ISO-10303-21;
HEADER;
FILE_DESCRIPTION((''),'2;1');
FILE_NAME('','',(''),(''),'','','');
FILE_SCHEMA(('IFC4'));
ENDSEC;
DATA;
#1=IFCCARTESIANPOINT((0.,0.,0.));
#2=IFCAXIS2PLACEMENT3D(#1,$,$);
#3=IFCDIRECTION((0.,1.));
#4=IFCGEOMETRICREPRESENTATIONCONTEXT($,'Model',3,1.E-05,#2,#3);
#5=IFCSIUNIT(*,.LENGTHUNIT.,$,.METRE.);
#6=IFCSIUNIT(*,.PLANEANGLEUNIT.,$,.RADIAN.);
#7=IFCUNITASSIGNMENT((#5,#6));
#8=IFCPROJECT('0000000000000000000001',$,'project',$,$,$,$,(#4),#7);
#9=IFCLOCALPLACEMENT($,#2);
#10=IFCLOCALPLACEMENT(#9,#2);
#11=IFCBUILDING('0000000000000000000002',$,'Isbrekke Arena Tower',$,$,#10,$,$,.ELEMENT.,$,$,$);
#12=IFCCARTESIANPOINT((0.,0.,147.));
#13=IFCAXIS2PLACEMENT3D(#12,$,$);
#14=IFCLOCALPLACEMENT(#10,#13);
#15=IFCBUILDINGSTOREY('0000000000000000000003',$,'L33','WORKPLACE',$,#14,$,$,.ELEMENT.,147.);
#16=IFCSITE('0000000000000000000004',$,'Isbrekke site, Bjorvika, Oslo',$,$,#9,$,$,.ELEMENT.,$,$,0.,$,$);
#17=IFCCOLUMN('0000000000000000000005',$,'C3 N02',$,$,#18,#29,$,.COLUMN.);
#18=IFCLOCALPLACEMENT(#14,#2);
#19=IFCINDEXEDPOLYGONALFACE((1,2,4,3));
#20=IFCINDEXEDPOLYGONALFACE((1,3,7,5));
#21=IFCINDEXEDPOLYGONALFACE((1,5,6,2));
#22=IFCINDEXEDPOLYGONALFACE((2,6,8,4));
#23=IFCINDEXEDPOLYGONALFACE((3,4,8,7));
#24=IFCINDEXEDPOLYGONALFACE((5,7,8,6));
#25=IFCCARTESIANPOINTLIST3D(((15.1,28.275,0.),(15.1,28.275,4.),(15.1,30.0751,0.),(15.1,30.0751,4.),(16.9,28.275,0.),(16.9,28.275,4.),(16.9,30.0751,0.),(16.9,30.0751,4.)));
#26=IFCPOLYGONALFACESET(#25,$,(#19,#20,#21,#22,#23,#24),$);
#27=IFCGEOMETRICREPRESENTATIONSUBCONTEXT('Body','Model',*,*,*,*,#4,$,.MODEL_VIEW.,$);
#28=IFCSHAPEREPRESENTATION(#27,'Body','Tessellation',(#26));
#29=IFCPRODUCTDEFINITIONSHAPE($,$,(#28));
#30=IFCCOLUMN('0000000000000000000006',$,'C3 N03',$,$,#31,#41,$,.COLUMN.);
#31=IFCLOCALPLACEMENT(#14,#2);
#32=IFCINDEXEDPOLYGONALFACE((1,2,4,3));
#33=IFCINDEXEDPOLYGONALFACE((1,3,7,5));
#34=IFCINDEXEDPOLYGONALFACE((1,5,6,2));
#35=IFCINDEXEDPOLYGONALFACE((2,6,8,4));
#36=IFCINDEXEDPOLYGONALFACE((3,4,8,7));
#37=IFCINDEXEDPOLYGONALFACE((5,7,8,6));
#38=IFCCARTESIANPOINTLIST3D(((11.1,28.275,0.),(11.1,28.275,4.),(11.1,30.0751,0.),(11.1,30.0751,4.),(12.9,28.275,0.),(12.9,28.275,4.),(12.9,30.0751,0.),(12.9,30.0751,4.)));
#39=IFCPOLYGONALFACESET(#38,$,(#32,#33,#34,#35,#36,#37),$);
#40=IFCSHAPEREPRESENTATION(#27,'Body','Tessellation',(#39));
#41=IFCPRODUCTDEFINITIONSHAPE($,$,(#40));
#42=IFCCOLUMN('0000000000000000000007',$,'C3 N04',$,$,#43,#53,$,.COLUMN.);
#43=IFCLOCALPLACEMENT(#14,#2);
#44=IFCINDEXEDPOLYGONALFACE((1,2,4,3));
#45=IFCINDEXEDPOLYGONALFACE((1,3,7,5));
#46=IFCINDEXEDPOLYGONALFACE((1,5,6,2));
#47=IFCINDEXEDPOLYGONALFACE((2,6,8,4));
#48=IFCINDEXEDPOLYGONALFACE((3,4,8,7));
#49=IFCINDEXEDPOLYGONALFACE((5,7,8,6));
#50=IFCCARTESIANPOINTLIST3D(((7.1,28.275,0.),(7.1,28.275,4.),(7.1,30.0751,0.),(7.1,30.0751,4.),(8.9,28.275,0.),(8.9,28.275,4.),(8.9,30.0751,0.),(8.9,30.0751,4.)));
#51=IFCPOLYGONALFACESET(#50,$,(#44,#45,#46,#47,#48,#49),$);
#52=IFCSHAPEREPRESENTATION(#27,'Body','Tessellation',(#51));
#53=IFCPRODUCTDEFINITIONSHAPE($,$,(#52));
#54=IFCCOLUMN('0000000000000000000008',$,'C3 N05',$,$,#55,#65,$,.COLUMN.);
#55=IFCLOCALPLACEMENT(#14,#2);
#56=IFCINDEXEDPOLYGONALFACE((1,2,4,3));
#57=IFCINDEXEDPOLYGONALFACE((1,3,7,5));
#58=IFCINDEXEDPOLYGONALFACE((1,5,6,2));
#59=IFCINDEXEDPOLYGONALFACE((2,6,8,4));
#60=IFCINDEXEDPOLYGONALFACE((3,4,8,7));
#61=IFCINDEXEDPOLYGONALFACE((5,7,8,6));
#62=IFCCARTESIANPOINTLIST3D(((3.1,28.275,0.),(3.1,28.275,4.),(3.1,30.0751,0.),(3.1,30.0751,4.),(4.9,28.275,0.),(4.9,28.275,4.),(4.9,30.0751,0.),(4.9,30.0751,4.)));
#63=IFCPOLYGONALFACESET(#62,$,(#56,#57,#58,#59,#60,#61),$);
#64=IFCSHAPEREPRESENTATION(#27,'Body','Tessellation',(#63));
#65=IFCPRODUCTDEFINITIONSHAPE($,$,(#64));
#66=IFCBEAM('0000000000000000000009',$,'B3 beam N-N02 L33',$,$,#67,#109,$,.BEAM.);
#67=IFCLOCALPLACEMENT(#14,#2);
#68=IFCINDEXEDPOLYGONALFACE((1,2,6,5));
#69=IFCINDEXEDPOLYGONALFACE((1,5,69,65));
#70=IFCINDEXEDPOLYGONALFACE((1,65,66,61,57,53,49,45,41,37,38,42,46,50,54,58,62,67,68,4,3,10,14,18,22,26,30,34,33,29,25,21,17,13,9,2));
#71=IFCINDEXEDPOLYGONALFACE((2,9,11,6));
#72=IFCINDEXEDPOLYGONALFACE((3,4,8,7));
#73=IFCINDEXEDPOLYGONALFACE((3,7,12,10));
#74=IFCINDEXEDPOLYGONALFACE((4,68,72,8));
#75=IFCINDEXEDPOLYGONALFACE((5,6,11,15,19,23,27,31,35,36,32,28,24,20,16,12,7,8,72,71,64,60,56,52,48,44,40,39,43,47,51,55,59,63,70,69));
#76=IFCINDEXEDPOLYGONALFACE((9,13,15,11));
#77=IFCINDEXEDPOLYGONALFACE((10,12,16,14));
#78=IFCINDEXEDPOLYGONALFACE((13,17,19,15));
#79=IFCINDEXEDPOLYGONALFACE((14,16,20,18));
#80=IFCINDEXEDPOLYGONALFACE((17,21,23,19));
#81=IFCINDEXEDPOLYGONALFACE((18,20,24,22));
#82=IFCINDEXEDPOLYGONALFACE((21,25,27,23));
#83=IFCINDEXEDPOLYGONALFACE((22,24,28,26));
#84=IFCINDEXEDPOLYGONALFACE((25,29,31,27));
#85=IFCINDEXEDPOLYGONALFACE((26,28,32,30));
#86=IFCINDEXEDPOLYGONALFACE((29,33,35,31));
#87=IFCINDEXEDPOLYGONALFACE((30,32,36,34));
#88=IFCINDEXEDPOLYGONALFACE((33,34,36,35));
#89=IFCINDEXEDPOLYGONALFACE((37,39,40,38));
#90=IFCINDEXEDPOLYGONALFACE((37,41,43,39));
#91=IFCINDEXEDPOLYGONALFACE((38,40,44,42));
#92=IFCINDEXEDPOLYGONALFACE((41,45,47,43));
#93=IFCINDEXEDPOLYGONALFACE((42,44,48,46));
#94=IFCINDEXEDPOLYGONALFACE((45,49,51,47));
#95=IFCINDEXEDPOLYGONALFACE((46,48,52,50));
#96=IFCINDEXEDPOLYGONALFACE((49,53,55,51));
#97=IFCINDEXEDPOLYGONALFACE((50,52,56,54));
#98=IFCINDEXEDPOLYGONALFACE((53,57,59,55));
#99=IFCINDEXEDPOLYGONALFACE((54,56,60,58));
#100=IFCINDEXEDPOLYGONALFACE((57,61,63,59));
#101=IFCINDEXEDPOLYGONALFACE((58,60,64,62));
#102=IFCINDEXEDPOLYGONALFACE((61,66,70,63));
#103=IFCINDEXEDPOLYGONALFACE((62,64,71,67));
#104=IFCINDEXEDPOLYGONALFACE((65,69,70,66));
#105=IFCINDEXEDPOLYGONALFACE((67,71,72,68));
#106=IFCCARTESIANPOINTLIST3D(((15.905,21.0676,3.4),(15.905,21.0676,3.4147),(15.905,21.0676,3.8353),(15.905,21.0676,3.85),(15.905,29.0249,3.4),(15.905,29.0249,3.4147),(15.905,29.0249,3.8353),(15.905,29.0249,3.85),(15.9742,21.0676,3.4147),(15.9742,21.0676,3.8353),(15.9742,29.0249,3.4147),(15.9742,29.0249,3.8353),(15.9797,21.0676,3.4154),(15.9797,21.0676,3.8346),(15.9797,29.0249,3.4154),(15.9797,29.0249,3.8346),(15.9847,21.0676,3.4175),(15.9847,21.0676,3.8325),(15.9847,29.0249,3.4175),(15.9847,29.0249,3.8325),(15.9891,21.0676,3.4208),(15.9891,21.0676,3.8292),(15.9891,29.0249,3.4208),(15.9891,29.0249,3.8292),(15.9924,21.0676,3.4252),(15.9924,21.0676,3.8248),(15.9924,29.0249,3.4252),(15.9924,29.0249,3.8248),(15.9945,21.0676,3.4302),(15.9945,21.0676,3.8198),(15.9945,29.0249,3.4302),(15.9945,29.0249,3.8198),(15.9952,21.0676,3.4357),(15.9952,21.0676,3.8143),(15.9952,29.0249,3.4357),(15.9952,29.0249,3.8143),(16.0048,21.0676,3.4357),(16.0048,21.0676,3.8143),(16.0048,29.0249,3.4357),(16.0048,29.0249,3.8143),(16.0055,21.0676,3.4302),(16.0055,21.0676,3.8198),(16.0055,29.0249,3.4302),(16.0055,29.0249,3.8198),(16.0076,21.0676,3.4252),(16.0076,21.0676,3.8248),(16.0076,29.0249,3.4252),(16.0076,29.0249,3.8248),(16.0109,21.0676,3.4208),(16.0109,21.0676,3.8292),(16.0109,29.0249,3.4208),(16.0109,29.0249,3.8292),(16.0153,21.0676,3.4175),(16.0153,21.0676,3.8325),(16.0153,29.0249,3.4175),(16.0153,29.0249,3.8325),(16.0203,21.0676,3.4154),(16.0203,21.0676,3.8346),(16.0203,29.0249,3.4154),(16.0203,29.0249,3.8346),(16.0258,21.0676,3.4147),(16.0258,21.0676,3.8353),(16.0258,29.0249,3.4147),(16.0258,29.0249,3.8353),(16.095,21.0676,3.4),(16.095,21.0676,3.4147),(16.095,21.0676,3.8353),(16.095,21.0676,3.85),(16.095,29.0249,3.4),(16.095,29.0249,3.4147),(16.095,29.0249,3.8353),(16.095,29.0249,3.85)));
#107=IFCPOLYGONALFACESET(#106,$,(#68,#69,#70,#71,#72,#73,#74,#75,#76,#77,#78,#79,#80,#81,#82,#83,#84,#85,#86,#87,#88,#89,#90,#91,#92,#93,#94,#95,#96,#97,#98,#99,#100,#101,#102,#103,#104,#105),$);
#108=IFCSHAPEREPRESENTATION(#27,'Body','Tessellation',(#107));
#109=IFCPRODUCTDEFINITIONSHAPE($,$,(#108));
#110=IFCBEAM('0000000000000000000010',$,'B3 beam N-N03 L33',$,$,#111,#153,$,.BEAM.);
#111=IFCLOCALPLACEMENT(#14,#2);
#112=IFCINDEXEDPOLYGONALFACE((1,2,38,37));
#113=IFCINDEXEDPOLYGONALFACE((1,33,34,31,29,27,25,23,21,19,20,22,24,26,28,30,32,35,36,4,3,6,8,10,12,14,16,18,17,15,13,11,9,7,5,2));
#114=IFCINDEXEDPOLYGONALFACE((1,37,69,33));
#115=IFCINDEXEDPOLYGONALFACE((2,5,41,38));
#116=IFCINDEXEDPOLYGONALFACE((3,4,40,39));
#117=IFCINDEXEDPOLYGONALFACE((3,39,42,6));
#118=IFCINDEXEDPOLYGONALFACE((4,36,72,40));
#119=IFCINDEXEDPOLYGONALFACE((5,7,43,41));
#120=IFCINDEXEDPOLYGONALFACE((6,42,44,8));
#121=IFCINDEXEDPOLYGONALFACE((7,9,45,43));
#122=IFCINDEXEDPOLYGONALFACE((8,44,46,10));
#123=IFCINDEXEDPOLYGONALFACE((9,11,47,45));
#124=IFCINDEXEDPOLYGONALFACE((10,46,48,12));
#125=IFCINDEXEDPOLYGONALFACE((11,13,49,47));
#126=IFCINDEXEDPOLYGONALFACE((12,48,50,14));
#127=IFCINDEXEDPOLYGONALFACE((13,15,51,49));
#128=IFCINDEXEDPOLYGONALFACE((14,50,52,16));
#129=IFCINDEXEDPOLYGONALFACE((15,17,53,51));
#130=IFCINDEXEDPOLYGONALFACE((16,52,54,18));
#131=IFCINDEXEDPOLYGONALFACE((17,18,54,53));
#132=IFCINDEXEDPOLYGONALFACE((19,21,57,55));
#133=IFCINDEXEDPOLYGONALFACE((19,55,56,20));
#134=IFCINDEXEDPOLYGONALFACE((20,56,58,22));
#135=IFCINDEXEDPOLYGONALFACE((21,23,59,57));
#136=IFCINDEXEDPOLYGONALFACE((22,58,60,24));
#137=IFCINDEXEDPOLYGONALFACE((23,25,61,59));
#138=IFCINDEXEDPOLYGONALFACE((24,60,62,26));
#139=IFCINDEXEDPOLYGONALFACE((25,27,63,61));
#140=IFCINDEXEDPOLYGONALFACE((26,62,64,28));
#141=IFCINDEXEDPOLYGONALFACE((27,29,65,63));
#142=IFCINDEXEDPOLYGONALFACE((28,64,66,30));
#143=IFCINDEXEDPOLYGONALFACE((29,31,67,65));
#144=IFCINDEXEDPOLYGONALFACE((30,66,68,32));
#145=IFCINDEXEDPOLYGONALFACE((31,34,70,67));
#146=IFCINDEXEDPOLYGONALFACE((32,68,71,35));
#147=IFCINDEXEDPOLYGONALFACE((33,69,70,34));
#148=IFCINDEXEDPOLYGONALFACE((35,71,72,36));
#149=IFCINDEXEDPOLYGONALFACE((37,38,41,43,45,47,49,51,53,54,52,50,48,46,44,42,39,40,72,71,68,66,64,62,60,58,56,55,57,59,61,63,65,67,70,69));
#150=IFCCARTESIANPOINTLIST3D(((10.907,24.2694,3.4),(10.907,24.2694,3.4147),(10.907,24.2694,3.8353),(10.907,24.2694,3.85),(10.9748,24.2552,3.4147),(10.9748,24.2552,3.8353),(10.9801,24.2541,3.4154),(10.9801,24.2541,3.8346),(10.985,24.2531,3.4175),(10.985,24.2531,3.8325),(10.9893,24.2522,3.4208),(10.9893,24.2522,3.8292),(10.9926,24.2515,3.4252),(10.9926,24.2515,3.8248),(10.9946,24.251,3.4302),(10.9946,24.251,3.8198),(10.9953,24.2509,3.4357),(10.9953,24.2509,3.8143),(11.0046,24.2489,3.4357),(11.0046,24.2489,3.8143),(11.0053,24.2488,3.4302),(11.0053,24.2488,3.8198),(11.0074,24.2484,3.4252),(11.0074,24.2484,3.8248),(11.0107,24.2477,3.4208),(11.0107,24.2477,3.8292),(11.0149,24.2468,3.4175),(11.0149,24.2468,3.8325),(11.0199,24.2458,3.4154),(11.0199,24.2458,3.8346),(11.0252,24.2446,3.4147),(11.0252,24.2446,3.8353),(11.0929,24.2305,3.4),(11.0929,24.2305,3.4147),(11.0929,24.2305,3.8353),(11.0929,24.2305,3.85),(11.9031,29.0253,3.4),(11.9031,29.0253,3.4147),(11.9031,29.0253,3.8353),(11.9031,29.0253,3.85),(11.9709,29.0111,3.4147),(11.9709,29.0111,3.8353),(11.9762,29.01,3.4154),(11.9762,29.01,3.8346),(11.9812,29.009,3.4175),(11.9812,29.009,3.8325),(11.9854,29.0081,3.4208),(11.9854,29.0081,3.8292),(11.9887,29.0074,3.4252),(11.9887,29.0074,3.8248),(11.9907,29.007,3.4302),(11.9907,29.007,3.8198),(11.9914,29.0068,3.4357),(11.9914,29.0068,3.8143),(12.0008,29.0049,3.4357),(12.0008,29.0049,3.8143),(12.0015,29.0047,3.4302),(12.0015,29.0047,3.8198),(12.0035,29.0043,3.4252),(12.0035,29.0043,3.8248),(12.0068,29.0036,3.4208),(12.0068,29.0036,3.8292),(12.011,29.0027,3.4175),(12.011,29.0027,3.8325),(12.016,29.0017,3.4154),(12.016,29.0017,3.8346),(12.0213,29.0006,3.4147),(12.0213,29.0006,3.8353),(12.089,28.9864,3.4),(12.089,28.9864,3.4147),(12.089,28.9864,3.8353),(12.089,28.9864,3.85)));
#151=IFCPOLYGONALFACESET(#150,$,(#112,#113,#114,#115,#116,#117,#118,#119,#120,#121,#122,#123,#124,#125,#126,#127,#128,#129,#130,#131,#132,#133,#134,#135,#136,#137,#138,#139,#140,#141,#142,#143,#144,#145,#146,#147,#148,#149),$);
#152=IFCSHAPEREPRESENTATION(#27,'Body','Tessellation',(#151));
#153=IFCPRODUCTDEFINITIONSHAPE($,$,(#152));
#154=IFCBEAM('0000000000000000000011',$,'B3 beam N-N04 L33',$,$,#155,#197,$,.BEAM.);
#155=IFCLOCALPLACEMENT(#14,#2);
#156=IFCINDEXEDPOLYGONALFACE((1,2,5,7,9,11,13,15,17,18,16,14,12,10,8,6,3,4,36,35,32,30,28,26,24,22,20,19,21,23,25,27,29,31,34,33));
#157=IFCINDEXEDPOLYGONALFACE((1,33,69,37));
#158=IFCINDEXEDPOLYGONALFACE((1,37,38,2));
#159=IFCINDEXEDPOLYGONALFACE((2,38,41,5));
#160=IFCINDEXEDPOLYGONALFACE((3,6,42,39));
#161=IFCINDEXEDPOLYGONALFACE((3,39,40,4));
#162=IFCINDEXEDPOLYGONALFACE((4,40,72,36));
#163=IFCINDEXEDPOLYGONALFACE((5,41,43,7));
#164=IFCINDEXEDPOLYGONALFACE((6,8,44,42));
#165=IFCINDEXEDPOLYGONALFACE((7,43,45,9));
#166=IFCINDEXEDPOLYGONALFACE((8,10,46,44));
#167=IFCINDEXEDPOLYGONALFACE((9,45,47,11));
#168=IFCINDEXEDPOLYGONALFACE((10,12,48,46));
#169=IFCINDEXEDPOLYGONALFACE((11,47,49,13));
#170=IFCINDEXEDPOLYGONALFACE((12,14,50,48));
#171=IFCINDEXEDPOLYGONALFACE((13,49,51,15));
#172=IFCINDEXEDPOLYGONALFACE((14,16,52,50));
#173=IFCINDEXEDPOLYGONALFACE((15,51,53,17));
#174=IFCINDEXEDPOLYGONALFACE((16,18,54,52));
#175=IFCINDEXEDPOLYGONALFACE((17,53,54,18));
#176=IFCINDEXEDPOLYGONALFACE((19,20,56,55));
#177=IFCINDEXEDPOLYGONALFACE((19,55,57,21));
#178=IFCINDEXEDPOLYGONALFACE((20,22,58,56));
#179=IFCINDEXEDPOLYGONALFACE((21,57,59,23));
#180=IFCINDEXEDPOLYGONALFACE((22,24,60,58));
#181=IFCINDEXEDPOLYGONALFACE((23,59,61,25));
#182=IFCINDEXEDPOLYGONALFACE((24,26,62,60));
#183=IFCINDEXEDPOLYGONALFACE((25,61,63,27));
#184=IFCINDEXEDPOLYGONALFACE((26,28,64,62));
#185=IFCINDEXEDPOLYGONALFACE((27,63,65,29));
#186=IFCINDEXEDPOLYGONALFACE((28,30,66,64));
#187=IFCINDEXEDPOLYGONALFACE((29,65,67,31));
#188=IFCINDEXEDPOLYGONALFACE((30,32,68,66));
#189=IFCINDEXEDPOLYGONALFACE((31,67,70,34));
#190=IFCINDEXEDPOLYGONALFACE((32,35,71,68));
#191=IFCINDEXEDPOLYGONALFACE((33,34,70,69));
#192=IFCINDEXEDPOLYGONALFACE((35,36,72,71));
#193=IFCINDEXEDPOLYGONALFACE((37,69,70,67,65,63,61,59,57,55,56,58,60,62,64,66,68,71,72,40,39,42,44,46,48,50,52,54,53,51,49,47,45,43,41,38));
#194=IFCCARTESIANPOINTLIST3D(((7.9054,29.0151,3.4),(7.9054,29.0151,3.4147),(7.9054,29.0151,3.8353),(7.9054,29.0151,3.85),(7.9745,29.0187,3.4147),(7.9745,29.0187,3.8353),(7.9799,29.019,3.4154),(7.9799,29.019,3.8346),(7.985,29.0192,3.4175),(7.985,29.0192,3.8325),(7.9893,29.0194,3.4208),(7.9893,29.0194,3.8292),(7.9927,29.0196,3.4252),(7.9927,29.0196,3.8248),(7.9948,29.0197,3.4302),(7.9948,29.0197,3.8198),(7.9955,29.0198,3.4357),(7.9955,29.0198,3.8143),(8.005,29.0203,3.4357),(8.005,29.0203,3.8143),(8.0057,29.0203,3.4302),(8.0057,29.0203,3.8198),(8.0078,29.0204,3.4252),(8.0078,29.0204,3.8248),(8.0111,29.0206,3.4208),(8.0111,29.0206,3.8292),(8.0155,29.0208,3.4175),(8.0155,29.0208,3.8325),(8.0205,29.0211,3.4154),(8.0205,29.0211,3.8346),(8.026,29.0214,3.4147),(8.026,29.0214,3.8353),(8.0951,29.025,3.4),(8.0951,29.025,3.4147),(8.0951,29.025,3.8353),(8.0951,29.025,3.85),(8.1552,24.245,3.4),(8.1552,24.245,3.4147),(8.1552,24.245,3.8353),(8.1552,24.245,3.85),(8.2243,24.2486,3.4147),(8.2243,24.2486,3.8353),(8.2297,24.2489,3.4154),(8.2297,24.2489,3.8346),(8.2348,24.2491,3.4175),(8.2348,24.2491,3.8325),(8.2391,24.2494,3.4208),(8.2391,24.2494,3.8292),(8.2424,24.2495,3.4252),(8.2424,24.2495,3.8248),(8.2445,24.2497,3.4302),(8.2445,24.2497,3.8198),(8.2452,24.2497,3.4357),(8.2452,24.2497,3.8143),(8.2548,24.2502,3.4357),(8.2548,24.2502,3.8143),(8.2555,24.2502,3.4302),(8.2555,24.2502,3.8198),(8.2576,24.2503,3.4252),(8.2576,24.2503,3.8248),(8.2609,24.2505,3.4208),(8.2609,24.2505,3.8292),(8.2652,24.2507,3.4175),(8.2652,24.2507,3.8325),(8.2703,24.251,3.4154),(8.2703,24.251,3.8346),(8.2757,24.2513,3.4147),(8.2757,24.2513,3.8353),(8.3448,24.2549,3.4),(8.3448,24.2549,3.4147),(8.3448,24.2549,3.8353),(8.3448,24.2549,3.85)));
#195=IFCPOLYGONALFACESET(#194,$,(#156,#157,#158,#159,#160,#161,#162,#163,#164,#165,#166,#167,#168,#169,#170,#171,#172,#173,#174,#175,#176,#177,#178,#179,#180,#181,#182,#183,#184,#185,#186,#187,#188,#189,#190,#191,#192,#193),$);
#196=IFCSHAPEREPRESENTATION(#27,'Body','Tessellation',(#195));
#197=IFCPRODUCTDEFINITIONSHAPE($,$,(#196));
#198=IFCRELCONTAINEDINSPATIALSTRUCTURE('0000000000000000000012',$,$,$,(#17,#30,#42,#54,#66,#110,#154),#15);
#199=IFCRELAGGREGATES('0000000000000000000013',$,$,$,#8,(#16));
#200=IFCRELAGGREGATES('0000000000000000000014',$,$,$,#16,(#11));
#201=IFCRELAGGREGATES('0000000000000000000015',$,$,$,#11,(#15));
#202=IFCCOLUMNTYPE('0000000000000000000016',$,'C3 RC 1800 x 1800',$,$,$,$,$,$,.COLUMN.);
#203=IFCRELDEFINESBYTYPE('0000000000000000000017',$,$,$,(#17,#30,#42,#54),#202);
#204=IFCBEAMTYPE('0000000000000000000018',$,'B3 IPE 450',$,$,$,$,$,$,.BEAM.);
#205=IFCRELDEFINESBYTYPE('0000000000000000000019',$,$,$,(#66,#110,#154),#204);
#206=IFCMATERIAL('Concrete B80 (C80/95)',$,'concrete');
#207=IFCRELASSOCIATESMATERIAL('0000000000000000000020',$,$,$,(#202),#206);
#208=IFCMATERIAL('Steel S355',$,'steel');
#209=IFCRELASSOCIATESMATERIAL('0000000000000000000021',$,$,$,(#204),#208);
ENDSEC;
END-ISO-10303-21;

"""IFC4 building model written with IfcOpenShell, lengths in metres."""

from ifc_helpers import new_model, si_unit, direction, frame, origin, origin_2d, place, context, subcontext, project, spatial, rectangle, i_section, extrude, material, material_profile, profile_set, type_object, element, save


model = new_model("IFC4")

# Units and contexts
model_context = context("Model", 3, precision=1e-05, world=origin(), true_north=direction((0.0, 1.0)))
body_context = subcontext(model_context, "Body", "Model", "MODEL_VIEW")
ifc_project = project(units=[si_unit("LENGTHUNIT", "METRE"), si_unit("PLANEANGLEUNIT", "RADIAN")], contexts=[model_context])

# Site, building, storey
site_placement = place(None, origin())
site = spatial("IfcSite", under=ifc_project, at=site_placement, Name="Isbrekke site, Bjorvika, Oslo", CompositionType="ELEMENT", RefElevation=0.0)
building_placement = place(site_placement, origin())
building = spatial("IfcBuilding", under=site, at=building_placement, Name="Isbrekke Arena Tower", CompositionType="ELEMENT")
storey_placement = place(building_placement, frame((0.0, 0.0, 147.0)))
storey = spatial("IfcBuildingStorey", under=building, at=storey_placement, Name="L33", Description="WORKPLACE", CompositionType="ELEMENT", Elevation=147.0)

# Columns
ifc_material_1 = material(Name="Concrete B80 (C80/95)", Category="concrete")
ifc_material_profile_1 = material_profile(ifc_material_1, rectangle(XDim=1.8, YDim=1.8, at=origin_2d()), Name="RC 1800x1800")
ifc_profile_set_1 = profile_set([ifc_material_profile_1], Name="Concrete B80 (C80/95)")
column_type = type_object("IfcColumnType", Name="C3 RC 1800 x 1800", PredefinedType="COLUMN", material=ifc_profile_set_1)
for number, where, z_axis, x_axis, name in (
    (1, (16.0, 29.175, 0.0), (0.0, 0.0, 1.0), (-1.0, 0.0, 0.0), "C3 N02"),
    (2, (12.0, 29.175, 0.0), (0.0, 0.0, 1.0), (-1.0, 0.0, 0.0), "C3 N03"),
    (3, (8.0, 29.175, 0.0), (0.0, 0.0, 1.0), (-1.0, 0.0, 0.0), "C3 N04"),
    (4, (4.0, 29.175, 0.0), (0.0, 0.0, 1.0), (-1.0, 0.0, 0.0), "C3 N05"),
):
    element("IfcColumn", number, at=place(storey_placement, frame(where, z_axis=z_axis, x_axis=x_axis)), inside=storey, type_object=column_type, Name=name, PredefinedType="COLUMN", context=body_context, shape_type="SweptSolid", body=[
        extrude(rectangle(XDim=1.8, YDim=1.8, at=origin_2d()), origin(), (0.0, 0.0, 1.0), 4.0),
    ])

# Beams
ifc_material_2 = material(Name="Steel S355", Category="steel")
ifc_material_profile_2 = material_profile(ifc_material_2, i_section(OverallWidth=0.1899, OverallDepth=0.45, WebThickness=0.0095, FlangeThickness=0.0146, FilletRadius=0.021, at=origin_2d()), Name="IPE 450")
ifc_profile_set_2 = profile_set([ifc_material_profile_2], Name="Steel S355")
beam_type_1 = type_object("IfcBeamType", Name="B3 IPE 450", PredefinedType="BEAM", material=ifc_profile_set_2)
beam_1_placement = place(storey_placement, frame((16.0, 29.0249, 3.625), z_axis=(0.0, -1.0, 0.0), x_axis=(1.0, 0.0, 0.0)))
element("IfcBeam", 5, at=beam_1_placement, inside=storey, type_object=beam_type_1, Name="B3 beam N-N02 L33", PredefinedType="BEAM", context=body_context, shape_type="SweptSolid", body=[
    extrude(i_section(OverallWidth=0.1899, OverallDepth=0.45, WebThickness=0.0095, FlangeThickness=0.0146, FilletRadius=0.021, at=origin_2d()), origin(), (0.0, 0.0, 1.0), 7.9573),
])
beam_2_placement = place(storey_placement, frame((11.9961, 29.0059, 3.625), z_axis=(-0.204997, -0.978762, 0.0), x_axis=(0.978762, -0.204997, 0.0)))
element("IfcBeam", 6, at=beam_2_placement, inside=storey, type_object=beam_type_1, Name="B3 beam N-N03 L33", PredefinedType="BEAM", context=body_context, shape_type="SweptSolid", body=[
    extrude(i_section(OverallWidth=0.1899, OverallDepth=0.45, WebThickness=0.0095, FlangeThickness=0.0146, FilletRadius=0.021, at=origin_2d()), origin(), (0.0, 0.0, 1.0), 4.8591),
])
beam_3_placement = place(storey_placement, frame((8.0002, 29.02, 3.625), z_axis=(0.052288, -0.998632, 0.0), x_axis=(0.998632, 0.052288, 0.0)))
element("IfcBeam", 7, at=beam_3_placement, inside=storey, type_object=beam_type_1, Name="B3 beam N-N04 L33", PredefinedType="BEAM", context=body_context, shape_type="SweptSolid", body=[
    extrude(i_section(OverallWidth=0.1899, OverallDepth=0.45, WebThickness=0.0095, FlangeThickness=0.0146, FilletRadius=0.021, at=origin_2d()), origin(), (0.0, 0.0, 1.0), 4.7766),
])

save(model, "model.ifc")
